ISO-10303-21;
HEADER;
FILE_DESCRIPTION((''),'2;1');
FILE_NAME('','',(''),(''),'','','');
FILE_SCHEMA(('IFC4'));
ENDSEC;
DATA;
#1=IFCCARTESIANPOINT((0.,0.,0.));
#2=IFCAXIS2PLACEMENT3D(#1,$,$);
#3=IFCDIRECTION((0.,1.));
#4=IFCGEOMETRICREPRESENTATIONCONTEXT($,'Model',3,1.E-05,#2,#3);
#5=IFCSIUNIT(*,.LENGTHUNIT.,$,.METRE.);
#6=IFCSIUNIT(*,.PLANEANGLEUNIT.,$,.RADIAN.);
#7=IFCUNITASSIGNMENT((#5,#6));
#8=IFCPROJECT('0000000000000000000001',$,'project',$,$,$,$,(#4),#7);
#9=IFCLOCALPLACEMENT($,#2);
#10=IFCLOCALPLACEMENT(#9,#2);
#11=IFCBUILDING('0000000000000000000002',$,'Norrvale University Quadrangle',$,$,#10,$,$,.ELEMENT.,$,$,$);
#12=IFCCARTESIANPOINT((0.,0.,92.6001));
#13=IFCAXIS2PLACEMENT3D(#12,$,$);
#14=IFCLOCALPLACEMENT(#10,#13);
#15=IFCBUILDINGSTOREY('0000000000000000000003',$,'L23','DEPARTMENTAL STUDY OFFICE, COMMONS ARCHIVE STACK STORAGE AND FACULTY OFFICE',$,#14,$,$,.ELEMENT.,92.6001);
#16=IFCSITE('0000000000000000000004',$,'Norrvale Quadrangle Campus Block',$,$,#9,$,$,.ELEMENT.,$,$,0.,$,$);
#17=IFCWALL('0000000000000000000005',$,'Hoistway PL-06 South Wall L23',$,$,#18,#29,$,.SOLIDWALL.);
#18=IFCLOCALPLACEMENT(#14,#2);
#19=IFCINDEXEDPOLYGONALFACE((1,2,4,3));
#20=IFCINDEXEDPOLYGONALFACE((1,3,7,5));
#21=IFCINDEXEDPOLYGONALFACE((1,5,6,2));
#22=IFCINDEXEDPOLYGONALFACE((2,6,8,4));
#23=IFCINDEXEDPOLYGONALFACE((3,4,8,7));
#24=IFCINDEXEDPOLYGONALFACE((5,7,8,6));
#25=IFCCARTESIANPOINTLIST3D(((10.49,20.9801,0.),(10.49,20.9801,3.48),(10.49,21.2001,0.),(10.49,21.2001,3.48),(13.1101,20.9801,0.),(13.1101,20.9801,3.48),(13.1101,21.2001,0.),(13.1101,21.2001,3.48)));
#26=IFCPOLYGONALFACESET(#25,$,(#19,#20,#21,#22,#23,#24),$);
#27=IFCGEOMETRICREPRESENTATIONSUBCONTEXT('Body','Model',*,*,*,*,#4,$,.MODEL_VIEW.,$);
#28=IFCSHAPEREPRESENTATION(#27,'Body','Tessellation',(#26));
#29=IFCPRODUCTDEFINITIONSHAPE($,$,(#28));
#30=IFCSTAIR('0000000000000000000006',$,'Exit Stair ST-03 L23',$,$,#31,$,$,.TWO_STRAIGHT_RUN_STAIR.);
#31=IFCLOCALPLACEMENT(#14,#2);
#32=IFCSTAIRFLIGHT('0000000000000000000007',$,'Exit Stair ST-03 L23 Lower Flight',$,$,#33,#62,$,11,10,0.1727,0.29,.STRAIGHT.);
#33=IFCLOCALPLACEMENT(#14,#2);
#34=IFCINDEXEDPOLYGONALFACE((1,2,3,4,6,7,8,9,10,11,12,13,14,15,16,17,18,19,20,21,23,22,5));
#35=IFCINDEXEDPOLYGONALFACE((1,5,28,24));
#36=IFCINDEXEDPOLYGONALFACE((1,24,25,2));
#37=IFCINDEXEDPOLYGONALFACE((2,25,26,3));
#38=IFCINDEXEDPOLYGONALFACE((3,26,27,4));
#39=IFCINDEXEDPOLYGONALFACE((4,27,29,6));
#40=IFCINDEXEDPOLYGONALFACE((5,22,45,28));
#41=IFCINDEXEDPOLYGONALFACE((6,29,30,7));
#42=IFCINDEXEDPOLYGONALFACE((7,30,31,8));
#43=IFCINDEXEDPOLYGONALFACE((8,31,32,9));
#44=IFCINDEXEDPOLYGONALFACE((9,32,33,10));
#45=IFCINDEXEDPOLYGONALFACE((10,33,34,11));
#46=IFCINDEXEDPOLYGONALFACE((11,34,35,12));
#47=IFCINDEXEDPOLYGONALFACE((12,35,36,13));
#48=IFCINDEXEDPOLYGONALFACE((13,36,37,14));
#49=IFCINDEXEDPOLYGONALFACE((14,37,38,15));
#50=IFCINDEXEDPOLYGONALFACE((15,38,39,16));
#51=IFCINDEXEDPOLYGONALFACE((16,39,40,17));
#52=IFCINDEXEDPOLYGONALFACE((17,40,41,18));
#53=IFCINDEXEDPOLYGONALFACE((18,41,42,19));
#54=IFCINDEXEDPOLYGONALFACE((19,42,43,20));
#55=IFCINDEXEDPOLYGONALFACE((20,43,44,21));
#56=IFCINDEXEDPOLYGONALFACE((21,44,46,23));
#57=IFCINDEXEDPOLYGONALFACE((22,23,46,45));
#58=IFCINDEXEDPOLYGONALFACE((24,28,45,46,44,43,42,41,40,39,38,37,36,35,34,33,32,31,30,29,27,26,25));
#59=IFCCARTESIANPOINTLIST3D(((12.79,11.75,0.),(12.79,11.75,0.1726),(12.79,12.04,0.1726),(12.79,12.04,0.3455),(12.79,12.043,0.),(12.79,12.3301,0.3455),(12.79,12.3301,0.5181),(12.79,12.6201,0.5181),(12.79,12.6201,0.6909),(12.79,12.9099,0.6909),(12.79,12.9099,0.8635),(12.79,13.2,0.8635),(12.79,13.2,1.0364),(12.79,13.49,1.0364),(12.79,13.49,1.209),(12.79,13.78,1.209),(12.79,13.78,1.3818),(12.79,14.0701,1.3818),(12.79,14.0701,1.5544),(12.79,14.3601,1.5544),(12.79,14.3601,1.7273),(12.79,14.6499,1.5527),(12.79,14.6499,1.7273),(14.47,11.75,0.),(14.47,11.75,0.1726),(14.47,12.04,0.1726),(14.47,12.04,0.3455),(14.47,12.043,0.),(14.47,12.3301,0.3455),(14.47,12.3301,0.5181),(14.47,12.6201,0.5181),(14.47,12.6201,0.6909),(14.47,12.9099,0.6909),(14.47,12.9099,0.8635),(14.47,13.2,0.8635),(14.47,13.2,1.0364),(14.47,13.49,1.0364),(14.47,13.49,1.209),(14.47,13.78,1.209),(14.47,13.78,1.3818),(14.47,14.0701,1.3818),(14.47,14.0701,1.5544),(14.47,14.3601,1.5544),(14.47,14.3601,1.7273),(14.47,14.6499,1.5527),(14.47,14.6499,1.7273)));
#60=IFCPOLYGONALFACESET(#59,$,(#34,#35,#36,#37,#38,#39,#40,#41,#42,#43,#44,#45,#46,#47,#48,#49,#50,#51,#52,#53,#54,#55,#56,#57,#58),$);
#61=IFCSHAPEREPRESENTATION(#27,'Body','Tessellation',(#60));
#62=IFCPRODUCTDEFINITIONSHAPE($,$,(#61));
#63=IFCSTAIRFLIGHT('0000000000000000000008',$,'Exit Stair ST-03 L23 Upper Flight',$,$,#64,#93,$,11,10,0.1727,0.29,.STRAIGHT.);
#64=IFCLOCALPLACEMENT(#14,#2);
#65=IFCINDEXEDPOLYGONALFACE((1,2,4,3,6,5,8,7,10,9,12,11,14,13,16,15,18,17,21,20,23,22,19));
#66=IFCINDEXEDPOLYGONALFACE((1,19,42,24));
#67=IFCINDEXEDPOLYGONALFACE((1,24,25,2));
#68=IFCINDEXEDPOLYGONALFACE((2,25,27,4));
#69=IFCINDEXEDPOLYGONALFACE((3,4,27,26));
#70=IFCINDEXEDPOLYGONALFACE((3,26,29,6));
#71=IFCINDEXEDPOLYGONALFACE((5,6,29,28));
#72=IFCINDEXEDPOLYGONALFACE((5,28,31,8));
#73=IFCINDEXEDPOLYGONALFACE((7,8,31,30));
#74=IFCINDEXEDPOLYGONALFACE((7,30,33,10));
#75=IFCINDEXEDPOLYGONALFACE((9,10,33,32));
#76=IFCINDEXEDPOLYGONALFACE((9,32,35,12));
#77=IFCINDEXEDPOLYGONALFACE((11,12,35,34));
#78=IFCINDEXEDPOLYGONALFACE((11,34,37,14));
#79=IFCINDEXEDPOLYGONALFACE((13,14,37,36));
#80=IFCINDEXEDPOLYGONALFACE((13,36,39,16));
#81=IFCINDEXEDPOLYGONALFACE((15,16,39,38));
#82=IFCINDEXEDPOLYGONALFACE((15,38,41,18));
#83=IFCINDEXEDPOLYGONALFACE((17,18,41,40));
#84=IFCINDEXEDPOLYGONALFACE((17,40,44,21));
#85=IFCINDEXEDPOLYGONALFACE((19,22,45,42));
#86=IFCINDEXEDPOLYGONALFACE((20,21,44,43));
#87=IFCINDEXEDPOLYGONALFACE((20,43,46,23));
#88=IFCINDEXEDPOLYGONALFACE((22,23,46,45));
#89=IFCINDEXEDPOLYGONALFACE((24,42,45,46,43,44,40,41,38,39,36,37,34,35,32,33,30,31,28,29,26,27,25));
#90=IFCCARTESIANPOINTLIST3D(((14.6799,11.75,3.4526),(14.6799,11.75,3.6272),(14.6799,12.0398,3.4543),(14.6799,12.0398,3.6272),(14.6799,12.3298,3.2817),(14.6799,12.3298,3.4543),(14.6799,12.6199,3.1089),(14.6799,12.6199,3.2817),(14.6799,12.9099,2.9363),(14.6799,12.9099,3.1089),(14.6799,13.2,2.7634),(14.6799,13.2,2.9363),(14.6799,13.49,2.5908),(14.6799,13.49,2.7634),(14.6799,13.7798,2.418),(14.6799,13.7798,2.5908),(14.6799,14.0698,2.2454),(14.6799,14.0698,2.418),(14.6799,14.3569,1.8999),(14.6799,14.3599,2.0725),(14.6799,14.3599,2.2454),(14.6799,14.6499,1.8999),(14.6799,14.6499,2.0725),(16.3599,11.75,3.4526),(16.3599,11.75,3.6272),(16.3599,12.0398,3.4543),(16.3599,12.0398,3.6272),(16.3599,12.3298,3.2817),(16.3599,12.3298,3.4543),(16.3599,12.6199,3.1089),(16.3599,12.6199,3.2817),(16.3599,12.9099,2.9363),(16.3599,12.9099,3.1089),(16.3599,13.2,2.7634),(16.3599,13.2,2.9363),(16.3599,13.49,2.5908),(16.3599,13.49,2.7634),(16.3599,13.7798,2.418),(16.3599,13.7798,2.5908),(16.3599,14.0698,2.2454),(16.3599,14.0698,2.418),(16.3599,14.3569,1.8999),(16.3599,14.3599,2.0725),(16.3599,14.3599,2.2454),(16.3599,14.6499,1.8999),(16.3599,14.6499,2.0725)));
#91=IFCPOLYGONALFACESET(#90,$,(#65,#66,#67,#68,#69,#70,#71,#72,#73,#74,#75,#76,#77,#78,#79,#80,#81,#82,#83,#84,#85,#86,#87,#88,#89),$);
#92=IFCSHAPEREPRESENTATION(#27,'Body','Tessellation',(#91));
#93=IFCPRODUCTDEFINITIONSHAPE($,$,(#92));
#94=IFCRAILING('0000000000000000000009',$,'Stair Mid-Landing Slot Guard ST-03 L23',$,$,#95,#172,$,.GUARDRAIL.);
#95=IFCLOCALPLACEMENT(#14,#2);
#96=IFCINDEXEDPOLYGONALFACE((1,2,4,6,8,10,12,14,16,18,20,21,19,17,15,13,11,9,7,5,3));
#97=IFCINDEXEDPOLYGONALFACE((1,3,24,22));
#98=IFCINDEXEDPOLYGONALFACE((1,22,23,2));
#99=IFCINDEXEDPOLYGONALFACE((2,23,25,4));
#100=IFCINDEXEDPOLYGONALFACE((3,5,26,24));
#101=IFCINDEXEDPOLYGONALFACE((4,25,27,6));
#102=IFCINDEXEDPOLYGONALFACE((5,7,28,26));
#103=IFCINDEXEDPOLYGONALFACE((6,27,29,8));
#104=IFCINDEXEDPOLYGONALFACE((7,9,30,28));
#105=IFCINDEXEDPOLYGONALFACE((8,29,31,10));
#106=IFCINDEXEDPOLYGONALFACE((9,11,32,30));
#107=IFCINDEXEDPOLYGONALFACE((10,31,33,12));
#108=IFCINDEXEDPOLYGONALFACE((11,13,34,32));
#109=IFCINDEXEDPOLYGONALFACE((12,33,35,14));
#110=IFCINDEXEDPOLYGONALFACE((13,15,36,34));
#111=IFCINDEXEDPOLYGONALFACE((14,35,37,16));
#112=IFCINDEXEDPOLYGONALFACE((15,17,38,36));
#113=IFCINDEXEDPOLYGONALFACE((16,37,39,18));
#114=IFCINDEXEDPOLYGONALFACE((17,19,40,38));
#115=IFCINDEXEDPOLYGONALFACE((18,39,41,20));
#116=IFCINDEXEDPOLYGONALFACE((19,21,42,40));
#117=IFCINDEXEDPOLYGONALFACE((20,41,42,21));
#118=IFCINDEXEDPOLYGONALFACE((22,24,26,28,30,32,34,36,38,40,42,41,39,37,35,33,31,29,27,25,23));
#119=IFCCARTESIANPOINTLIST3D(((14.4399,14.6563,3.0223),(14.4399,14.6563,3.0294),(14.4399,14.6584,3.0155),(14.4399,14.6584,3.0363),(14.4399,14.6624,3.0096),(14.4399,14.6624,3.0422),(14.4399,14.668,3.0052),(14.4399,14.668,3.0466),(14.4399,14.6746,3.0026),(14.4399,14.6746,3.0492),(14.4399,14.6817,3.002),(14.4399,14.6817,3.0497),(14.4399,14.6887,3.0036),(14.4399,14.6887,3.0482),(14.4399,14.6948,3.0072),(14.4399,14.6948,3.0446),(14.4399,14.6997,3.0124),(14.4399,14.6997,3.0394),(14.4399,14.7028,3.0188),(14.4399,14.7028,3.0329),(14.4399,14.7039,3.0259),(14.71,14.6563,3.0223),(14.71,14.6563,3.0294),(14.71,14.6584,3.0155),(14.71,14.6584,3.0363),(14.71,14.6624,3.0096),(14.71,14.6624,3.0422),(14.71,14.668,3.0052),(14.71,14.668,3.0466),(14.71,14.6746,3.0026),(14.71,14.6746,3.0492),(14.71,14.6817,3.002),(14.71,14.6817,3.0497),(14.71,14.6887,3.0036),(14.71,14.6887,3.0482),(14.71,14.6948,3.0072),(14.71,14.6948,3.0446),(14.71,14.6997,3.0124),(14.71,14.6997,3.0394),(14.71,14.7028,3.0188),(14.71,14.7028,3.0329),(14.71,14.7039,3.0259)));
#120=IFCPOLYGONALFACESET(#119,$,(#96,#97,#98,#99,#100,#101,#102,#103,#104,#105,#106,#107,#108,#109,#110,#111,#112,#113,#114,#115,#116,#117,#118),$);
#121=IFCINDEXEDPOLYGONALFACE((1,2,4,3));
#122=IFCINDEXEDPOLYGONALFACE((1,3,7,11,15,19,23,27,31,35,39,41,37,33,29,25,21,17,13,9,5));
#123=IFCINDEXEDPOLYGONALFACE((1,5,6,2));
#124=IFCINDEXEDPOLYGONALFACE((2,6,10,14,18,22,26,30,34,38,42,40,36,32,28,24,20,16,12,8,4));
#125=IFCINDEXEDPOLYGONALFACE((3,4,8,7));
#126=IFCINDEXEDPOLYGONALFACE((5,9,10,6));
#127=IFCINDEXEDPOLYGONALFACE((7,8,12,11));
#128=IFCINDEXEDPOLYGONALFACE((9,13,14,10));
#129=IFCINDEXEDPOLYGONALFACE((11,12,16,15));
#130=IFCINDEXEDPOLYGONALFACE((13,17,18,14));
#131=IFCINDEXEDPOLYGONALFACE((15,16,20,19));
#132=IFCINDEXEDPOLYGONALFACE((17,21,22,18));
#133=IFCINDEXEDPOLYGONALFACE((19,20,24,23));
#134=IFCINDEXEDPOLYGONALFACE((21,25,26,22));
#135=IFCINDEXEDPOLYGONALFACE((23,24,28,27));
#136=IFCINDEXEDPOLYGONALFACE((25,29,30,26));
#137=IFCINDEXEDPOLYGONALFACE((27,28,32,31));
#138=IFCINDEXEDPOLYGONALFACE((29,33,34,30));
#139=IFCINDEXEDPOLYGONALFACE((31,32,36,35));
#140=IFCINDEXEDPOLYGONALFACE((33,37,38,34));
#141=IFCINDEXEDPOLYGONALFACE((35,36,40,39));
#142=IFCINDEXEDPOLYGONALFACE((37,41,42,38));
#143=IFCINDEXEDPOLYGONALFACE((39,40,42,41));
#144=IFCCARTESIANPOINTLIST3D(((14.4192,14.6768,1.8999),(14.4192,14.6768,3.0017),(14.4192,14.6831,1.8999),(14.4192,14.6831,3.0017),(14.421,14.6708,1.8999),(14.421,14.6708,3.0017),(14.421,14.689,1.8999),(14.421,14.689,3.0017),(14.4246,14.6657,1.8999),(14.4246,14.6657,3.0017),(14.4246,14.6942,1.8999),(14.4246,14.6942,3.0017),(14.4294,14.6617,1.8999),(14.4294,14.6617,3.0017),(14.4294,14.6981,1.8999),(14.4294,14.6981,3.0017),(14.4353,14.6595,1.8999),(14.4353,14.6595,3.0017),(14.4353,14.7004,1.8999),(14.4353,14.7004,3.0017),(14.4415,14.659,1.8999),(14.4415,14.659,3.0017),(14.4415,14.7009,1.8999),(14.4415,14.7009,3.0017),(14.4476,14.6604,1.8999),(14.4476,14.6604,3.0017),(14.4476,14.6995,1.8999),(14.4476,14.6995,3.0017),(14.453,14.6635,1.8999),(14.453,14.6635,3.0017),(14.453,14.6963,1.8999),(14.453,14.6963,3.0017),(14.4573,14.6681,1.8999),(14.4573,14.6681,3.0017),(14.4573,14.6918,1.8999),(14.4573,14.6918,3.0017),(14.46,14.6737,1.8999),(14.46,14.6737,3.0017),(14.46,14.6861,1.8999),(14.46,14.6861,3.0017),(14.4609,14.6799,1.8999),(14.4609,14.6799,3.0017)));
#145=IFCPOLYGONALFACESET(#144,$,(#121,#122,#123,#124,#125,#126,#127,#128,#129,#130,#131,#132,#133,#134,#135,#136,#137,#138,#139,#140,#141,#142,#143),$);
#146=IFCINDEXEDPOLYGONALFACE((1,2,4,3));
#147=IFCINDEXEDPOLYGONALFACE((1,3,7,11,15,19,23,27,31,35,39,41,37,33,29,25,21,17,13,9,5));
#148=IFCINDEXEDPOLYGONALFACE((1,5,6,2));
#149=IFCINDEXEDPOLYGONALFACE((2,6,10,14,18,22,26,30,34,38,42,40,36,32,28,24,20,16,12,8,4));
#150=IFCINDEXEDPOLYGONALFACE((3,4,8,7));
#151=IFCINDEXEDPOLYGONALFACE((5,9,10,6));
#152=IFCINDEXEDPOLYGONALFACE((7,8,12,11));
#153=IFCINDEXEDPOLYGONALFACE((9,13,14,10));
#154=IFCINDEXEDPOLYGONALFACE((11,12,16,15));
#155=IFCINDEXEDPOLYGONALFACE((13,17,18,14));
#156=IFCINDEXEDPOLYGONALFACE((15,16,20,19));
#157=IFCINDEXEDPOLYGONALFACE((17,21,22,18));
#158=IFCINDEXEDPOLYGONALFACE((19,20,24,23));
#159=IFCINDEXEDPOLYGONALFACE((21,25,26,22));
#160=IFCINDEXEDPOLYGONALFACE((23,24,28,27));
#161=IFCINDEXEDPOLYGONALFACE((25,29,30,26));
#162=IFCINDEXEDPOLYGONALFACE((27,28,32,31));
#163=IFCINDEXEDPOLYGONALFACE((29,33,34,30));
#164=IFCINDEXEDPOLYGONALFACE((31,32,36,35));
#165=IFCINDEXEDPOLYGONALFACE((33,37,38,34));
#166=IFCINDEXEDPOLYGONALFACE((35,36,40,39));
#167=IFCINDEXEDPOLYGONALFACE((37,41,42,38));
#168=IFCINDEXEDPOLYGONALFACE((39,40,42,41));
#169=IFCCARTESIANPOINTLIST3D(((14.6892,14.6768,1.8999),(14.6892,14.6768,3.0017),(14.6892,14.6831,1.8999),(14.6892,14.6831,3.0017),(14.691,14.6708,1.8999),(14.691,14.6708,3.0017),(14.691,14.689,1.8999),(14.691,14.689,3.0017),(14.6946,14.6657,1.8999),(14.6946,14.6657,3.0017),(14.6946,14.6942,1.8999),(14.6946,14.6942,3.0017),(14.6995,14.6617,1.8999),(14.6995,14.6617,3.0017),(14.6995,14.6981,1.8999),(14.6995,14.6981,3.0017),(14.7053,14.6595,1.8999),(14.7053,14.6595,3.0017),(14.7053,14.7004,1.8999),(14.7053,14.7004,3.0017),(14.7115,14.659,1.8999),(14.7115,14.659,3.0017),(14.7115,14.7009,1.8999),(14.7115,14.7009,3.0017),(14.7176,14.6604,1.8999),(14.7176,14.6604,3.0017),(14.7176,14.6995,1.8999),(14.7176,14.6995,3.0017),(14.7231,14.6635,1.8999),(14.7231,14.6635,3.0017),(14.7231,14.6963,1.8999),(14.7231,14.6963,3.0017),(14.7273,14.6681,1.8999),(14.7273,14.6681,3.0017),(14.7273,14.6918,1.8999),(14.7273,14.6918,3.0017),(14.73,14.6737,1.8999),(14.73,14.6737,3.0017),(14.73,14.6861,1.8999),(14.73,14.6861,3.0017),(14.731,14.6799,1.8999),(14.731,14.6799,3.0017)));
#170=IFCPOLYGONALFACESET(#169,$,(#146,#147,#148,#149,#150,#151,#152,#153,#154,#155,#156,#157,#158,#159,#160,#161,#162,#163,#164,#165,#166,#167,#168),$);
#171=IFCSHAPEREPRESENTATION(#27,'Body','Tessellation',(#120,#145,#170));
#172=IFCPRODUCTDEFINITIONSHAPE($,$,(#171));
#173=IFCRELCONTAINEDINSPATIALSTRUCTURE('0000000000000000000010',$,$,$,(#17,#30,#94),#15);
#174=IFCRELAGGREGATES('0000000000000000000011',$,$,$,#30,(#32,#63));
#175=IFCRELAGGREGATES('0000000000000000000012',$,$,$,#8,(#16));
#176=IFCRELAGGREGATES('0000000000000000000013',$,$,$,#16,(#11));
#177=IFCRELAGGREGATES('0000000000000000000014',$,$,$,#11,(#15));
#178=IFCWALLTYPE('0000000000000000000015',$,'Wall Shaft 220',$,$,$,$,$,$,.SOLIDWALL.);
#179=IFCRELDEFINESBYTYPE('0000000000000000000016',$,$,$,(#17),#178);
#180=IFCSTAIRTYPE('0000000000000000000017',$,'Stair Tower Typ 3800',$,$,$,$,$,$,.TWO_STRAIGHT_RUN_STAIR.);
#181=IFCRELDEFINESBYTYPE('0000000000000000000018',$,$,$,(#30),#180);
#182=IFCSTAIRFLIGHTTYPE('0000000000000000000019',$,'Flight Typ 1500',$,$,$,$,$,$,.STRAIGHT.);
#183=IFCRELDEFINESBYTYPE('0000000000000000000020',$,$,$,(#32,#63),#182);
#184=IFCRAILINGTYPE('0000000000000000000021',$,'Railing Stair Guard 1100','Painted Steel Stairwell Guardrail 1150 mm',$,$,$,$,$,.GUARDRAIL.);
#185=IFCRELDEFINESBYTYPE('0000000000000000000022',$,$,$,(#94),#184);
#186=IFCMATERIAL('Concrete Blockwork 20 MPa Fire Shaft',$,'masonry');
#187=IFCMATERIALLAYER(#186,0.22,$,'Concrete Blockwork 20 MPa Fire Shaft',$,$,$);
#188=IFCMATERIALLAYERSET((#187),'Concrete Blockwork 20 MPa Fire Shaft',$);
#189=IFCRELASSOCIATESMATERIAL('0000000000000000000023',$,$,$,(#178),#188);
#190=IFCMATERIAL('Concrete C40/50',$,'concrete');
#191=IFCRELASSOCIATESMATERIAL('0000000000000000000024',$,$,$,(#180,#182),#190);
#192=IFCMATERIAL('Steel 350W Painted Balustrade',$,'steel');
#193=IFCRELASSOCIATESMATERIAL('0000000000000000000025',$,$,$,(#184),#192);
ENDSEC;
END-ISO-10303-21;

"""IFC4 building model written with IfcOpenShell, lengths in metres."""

from ifc_helpers import new_model, si_unit, direction, frame, frame_2d, origin, origin_2d, place, context, subcontext, project, spatial, polyline, rectangle, circle, outline, extrude, material, layer, layer_set, type_object, element, aggregate, save


model = new_model("IFC4")

# Units and contexts
model_context = context("Model", 3, precision=1e-05, world=origin(), true_north=direction((0.0, 1.0)))
body_context = subcontext(model_context, "Body", "Model", "MODEL_VIEW")
ifc_project = project(units=[si_unit("LENGTHUNIT", "METRE"), si_unit("PLANEANGLEUNIT", "RADIAN")], contexts=[model_context])

# Site, building, storey
site_placement = place(None, origin())
site = spatial("IfcSite", under=ifc_project, at=site_placement, Name="Norrvale Quadrangle Campus Block", CompositionType="ELEMENT", RefElevation=0.0)
building_placement = place(site_placement, origin())
building = spatial("IfcBuilding", under=site, at=building_placement, Name="Norrvale University Quadrangle", CompositionType="ELEMENT")
storey_placement = place(building_placement, frame((0.0, 0.0, 92.6001)))
storey = spatial("IfcBuildingStorey", under=building, at=storey_placement, Name="L23", Description="DEPARTMENTAL STUDY OFFICE, COMMONS ARCHIVE STACK STORAGE AND FACULTY OFFICE", CompositionType="ELEMENT", Elevation=92.6001)

# Shared definitions
ifc_material_1 = material(Name="Concrete Blockwork 20 MPa Fire Shaft", Category="masonry")
ifc_layer_1 = layer(ifc_material_1, 0.22, Name="Concrete Blockwork 20 MPa Fire Shaft")
ifc_layer_set_1 = layer_set([ifc_layer_1], Name="Concrete Blockwork 20 MPa Fire Shaft")
wall_type_1 = type_object("IfcWallType", Name="Wall Shaft 220", PredefinedType="SOLIDWALL", material=ifc_layer_set_1)

# Wall
wall_1_placement = place(storey_placement, frame((10.49, 21.0901, 0.0), z_axis=(0.0, 0.0, 1.0), x_axis=(1.0, 0.0, 0.0)))
element("IfcWall", 1, at=wall_1_placement, inside=storey, type_object=wall_type_1, Name="Hoistway PL-06 South Wall L23", PredefinedType="SOLIDWALL", context=body_context, shape_type="SweptSolid", body=[
    extrude(rectangle(XDim=2.6201, YDim=0.22, at=frame_2d((1.3101, 0.0))), origin(), (0.0, 0.0, 1.0), 3.48),
])

# Stair, stair flights
ifc_material_2 = material(Name="Concrete C40/50", Category="concrete")
stair_type = type_object("IfcStairType", Name="Stair Tower Typ 3800", PredefinedType="TWO_STRAIGHT_RUN_STAIR", material=ifc_material_2)
stair_placement = place(storey_placement, origin())
stair = element("IfcStair", 2, at=stair_placement, inside=storey, type_object=stair_type, Name="Exit Stair ST-03 L23", PredefinedType="TWO_STRAIGHT_RUN_STAIR")
stair_flight_type = type_object("IfcStairFlightType", Name="Flight Typ 1500", PredefinedType="STRAIGHT", material=ifc_material_2)
stair_flight_1_placement = place(storey_placement, frame((13.6299, 11.75, 0.0), z_axis=(0.0, 0.0, 1.0), x_axis=(0.0, 1.0, 0.0)))
stair_flight_1 = element("IfcStairFlight", 3, at=stair_flight_1_placement, type_object=stair_flight_type, Name="Exit Stair ST-03 L23 Lower Flight", NumberOfRisers=11, NumberOfTreads=10, PredefinedType="STRAIGHT", RiserHeight=0.1727, TreadLength=0.29, context=body_context, shape_type="SweptSolid", body=[
    extrude(outline(polyline([(0.0, 0.0), (0.0, 0.1726), (0.29, 0.1726), (0.29, 0.3455), (0.5801, 0.3455), (0.5801, 0.5181), (0.8701, 0.5181), (0.8701, 0.6909), (1.1599, 0.6909), (1.1599, 0.8635), (1.45, 0.8635), (1.45, 1.0364), (1.74, 1.0364), (1.74, 1.209), (2.03, 1.209), (2.03, 1.3818), (2.3201, 1.3818), (2.3201, 1.5544), (2.6101, 1.5544), (2.6101, 1.7273), (2.8999, 1.7273), (2.8999, 1.8999), (2.8999, 1.5527), (0.293, 0.0), (0.0, 0.0)])), frame((0.0, 0.8398, 0.0), z_axis=(0.0, -1.0, 0.0), x_axis=(1.0, 0.0, 0.0)), (0.0, 0.0, 1.0), 1.6799),
])
stair_flight_2_placement = place(storey_placement, frame((15.52, 14.6499, 1.8999), z_axis=(0.0, 0.0, 1.0), x_axis=(0.0, -1.0, 0.0)))
stair_flight_2 = element("IfcStairFlight", 4, at=stair_flight_2_placement, type_object=stair_flight_type, Name="Exit Stair ST-03 L23 Upper Flight", NumberOfRisers=11, NumberOfTreads=10, PredefinedType="STRAIGHT", RiserHeight=0.1727, TreadLength=0.29, context=body_context, shape_type="SweptSolid", body=[
    extrude(outline(polyline([(0.0, 0.0), (0.0, 0.1726), (0.29, 0.1726), (0.29, 0.3455), (0.5801, 0.3455), (0.5801, 0.5181), (0.8701, 0.5181), (0.8701, 0.6909), (1.1599, 0.6909), (1.1599, 0.8635), (1.45, 0.8635), (1.45, 1.0364), (1.74, 1.0364), (1.74, 1.209), (2.03, 1.209), (2.03, 1.3818), (2.3201, 1.3818), (2.3201, 1.5544), (2.6101, 1.5544), (2.6101, 1.7273), (2.8999, 1.7273), (2.8999, 1.8999), (2.8999, 1.5527), (0.293, 0.0), (0.0, 0.0)])), frame((0.0, 0.8398, 0.0), z_axis=(0.0, -1.0, 0.0), x_axis=(1.0, 0.0, 0.0)), (0.0, 0.0, 1.0), 1.6799),
])
aggregate(stair, [stair_flight_1, stair_flight_2])

# Railing
ifc_material_3 = material(Name="Steel 350W Painted Balustrade", Category="steel")
railing_type_1 = type_object("IfcRailingType", Name="Railing Stair Guard 1100", Description="Painted Steel Stairwell Guardrail 1150 mm", PredefinedType="GUARDRAIL", material=ifc_material_3)
railing_1_placement = place(storey_placement, frame((14.4399, 14.6799, 1.8999)))
element("IfcRailing", 5, at=railing_1_placement, inside=storey, type_object=railing_type_1, Name="Stair Mid-Landing Slot Guard ST-03 L23", PredefinedType="GUARDRAIL", context=body_context, shape_type="SweptSolid", body=[
    extrude(circle(Radius=0.0239, at=origin_2d()), frame((0.0, 0.0, 1.126), z_axis=(1.0, 0.0, 0.0), x_axis=(0.0, 1.0, 0.0)), (0.0, 0.0, 1.0), 0.27),
    extrude(circle(Radius=0.021, at=origin_2d()), origin(), (0.0, 0.0, 1.0), 1.1018),
    extrude(circle(Radius=0.021, at=origin_2d()), frame((0.27, 0.0, 0.0)), (0.0, 0.0, 1.0), 1.1018),
])

save(model, "model.ifc")
